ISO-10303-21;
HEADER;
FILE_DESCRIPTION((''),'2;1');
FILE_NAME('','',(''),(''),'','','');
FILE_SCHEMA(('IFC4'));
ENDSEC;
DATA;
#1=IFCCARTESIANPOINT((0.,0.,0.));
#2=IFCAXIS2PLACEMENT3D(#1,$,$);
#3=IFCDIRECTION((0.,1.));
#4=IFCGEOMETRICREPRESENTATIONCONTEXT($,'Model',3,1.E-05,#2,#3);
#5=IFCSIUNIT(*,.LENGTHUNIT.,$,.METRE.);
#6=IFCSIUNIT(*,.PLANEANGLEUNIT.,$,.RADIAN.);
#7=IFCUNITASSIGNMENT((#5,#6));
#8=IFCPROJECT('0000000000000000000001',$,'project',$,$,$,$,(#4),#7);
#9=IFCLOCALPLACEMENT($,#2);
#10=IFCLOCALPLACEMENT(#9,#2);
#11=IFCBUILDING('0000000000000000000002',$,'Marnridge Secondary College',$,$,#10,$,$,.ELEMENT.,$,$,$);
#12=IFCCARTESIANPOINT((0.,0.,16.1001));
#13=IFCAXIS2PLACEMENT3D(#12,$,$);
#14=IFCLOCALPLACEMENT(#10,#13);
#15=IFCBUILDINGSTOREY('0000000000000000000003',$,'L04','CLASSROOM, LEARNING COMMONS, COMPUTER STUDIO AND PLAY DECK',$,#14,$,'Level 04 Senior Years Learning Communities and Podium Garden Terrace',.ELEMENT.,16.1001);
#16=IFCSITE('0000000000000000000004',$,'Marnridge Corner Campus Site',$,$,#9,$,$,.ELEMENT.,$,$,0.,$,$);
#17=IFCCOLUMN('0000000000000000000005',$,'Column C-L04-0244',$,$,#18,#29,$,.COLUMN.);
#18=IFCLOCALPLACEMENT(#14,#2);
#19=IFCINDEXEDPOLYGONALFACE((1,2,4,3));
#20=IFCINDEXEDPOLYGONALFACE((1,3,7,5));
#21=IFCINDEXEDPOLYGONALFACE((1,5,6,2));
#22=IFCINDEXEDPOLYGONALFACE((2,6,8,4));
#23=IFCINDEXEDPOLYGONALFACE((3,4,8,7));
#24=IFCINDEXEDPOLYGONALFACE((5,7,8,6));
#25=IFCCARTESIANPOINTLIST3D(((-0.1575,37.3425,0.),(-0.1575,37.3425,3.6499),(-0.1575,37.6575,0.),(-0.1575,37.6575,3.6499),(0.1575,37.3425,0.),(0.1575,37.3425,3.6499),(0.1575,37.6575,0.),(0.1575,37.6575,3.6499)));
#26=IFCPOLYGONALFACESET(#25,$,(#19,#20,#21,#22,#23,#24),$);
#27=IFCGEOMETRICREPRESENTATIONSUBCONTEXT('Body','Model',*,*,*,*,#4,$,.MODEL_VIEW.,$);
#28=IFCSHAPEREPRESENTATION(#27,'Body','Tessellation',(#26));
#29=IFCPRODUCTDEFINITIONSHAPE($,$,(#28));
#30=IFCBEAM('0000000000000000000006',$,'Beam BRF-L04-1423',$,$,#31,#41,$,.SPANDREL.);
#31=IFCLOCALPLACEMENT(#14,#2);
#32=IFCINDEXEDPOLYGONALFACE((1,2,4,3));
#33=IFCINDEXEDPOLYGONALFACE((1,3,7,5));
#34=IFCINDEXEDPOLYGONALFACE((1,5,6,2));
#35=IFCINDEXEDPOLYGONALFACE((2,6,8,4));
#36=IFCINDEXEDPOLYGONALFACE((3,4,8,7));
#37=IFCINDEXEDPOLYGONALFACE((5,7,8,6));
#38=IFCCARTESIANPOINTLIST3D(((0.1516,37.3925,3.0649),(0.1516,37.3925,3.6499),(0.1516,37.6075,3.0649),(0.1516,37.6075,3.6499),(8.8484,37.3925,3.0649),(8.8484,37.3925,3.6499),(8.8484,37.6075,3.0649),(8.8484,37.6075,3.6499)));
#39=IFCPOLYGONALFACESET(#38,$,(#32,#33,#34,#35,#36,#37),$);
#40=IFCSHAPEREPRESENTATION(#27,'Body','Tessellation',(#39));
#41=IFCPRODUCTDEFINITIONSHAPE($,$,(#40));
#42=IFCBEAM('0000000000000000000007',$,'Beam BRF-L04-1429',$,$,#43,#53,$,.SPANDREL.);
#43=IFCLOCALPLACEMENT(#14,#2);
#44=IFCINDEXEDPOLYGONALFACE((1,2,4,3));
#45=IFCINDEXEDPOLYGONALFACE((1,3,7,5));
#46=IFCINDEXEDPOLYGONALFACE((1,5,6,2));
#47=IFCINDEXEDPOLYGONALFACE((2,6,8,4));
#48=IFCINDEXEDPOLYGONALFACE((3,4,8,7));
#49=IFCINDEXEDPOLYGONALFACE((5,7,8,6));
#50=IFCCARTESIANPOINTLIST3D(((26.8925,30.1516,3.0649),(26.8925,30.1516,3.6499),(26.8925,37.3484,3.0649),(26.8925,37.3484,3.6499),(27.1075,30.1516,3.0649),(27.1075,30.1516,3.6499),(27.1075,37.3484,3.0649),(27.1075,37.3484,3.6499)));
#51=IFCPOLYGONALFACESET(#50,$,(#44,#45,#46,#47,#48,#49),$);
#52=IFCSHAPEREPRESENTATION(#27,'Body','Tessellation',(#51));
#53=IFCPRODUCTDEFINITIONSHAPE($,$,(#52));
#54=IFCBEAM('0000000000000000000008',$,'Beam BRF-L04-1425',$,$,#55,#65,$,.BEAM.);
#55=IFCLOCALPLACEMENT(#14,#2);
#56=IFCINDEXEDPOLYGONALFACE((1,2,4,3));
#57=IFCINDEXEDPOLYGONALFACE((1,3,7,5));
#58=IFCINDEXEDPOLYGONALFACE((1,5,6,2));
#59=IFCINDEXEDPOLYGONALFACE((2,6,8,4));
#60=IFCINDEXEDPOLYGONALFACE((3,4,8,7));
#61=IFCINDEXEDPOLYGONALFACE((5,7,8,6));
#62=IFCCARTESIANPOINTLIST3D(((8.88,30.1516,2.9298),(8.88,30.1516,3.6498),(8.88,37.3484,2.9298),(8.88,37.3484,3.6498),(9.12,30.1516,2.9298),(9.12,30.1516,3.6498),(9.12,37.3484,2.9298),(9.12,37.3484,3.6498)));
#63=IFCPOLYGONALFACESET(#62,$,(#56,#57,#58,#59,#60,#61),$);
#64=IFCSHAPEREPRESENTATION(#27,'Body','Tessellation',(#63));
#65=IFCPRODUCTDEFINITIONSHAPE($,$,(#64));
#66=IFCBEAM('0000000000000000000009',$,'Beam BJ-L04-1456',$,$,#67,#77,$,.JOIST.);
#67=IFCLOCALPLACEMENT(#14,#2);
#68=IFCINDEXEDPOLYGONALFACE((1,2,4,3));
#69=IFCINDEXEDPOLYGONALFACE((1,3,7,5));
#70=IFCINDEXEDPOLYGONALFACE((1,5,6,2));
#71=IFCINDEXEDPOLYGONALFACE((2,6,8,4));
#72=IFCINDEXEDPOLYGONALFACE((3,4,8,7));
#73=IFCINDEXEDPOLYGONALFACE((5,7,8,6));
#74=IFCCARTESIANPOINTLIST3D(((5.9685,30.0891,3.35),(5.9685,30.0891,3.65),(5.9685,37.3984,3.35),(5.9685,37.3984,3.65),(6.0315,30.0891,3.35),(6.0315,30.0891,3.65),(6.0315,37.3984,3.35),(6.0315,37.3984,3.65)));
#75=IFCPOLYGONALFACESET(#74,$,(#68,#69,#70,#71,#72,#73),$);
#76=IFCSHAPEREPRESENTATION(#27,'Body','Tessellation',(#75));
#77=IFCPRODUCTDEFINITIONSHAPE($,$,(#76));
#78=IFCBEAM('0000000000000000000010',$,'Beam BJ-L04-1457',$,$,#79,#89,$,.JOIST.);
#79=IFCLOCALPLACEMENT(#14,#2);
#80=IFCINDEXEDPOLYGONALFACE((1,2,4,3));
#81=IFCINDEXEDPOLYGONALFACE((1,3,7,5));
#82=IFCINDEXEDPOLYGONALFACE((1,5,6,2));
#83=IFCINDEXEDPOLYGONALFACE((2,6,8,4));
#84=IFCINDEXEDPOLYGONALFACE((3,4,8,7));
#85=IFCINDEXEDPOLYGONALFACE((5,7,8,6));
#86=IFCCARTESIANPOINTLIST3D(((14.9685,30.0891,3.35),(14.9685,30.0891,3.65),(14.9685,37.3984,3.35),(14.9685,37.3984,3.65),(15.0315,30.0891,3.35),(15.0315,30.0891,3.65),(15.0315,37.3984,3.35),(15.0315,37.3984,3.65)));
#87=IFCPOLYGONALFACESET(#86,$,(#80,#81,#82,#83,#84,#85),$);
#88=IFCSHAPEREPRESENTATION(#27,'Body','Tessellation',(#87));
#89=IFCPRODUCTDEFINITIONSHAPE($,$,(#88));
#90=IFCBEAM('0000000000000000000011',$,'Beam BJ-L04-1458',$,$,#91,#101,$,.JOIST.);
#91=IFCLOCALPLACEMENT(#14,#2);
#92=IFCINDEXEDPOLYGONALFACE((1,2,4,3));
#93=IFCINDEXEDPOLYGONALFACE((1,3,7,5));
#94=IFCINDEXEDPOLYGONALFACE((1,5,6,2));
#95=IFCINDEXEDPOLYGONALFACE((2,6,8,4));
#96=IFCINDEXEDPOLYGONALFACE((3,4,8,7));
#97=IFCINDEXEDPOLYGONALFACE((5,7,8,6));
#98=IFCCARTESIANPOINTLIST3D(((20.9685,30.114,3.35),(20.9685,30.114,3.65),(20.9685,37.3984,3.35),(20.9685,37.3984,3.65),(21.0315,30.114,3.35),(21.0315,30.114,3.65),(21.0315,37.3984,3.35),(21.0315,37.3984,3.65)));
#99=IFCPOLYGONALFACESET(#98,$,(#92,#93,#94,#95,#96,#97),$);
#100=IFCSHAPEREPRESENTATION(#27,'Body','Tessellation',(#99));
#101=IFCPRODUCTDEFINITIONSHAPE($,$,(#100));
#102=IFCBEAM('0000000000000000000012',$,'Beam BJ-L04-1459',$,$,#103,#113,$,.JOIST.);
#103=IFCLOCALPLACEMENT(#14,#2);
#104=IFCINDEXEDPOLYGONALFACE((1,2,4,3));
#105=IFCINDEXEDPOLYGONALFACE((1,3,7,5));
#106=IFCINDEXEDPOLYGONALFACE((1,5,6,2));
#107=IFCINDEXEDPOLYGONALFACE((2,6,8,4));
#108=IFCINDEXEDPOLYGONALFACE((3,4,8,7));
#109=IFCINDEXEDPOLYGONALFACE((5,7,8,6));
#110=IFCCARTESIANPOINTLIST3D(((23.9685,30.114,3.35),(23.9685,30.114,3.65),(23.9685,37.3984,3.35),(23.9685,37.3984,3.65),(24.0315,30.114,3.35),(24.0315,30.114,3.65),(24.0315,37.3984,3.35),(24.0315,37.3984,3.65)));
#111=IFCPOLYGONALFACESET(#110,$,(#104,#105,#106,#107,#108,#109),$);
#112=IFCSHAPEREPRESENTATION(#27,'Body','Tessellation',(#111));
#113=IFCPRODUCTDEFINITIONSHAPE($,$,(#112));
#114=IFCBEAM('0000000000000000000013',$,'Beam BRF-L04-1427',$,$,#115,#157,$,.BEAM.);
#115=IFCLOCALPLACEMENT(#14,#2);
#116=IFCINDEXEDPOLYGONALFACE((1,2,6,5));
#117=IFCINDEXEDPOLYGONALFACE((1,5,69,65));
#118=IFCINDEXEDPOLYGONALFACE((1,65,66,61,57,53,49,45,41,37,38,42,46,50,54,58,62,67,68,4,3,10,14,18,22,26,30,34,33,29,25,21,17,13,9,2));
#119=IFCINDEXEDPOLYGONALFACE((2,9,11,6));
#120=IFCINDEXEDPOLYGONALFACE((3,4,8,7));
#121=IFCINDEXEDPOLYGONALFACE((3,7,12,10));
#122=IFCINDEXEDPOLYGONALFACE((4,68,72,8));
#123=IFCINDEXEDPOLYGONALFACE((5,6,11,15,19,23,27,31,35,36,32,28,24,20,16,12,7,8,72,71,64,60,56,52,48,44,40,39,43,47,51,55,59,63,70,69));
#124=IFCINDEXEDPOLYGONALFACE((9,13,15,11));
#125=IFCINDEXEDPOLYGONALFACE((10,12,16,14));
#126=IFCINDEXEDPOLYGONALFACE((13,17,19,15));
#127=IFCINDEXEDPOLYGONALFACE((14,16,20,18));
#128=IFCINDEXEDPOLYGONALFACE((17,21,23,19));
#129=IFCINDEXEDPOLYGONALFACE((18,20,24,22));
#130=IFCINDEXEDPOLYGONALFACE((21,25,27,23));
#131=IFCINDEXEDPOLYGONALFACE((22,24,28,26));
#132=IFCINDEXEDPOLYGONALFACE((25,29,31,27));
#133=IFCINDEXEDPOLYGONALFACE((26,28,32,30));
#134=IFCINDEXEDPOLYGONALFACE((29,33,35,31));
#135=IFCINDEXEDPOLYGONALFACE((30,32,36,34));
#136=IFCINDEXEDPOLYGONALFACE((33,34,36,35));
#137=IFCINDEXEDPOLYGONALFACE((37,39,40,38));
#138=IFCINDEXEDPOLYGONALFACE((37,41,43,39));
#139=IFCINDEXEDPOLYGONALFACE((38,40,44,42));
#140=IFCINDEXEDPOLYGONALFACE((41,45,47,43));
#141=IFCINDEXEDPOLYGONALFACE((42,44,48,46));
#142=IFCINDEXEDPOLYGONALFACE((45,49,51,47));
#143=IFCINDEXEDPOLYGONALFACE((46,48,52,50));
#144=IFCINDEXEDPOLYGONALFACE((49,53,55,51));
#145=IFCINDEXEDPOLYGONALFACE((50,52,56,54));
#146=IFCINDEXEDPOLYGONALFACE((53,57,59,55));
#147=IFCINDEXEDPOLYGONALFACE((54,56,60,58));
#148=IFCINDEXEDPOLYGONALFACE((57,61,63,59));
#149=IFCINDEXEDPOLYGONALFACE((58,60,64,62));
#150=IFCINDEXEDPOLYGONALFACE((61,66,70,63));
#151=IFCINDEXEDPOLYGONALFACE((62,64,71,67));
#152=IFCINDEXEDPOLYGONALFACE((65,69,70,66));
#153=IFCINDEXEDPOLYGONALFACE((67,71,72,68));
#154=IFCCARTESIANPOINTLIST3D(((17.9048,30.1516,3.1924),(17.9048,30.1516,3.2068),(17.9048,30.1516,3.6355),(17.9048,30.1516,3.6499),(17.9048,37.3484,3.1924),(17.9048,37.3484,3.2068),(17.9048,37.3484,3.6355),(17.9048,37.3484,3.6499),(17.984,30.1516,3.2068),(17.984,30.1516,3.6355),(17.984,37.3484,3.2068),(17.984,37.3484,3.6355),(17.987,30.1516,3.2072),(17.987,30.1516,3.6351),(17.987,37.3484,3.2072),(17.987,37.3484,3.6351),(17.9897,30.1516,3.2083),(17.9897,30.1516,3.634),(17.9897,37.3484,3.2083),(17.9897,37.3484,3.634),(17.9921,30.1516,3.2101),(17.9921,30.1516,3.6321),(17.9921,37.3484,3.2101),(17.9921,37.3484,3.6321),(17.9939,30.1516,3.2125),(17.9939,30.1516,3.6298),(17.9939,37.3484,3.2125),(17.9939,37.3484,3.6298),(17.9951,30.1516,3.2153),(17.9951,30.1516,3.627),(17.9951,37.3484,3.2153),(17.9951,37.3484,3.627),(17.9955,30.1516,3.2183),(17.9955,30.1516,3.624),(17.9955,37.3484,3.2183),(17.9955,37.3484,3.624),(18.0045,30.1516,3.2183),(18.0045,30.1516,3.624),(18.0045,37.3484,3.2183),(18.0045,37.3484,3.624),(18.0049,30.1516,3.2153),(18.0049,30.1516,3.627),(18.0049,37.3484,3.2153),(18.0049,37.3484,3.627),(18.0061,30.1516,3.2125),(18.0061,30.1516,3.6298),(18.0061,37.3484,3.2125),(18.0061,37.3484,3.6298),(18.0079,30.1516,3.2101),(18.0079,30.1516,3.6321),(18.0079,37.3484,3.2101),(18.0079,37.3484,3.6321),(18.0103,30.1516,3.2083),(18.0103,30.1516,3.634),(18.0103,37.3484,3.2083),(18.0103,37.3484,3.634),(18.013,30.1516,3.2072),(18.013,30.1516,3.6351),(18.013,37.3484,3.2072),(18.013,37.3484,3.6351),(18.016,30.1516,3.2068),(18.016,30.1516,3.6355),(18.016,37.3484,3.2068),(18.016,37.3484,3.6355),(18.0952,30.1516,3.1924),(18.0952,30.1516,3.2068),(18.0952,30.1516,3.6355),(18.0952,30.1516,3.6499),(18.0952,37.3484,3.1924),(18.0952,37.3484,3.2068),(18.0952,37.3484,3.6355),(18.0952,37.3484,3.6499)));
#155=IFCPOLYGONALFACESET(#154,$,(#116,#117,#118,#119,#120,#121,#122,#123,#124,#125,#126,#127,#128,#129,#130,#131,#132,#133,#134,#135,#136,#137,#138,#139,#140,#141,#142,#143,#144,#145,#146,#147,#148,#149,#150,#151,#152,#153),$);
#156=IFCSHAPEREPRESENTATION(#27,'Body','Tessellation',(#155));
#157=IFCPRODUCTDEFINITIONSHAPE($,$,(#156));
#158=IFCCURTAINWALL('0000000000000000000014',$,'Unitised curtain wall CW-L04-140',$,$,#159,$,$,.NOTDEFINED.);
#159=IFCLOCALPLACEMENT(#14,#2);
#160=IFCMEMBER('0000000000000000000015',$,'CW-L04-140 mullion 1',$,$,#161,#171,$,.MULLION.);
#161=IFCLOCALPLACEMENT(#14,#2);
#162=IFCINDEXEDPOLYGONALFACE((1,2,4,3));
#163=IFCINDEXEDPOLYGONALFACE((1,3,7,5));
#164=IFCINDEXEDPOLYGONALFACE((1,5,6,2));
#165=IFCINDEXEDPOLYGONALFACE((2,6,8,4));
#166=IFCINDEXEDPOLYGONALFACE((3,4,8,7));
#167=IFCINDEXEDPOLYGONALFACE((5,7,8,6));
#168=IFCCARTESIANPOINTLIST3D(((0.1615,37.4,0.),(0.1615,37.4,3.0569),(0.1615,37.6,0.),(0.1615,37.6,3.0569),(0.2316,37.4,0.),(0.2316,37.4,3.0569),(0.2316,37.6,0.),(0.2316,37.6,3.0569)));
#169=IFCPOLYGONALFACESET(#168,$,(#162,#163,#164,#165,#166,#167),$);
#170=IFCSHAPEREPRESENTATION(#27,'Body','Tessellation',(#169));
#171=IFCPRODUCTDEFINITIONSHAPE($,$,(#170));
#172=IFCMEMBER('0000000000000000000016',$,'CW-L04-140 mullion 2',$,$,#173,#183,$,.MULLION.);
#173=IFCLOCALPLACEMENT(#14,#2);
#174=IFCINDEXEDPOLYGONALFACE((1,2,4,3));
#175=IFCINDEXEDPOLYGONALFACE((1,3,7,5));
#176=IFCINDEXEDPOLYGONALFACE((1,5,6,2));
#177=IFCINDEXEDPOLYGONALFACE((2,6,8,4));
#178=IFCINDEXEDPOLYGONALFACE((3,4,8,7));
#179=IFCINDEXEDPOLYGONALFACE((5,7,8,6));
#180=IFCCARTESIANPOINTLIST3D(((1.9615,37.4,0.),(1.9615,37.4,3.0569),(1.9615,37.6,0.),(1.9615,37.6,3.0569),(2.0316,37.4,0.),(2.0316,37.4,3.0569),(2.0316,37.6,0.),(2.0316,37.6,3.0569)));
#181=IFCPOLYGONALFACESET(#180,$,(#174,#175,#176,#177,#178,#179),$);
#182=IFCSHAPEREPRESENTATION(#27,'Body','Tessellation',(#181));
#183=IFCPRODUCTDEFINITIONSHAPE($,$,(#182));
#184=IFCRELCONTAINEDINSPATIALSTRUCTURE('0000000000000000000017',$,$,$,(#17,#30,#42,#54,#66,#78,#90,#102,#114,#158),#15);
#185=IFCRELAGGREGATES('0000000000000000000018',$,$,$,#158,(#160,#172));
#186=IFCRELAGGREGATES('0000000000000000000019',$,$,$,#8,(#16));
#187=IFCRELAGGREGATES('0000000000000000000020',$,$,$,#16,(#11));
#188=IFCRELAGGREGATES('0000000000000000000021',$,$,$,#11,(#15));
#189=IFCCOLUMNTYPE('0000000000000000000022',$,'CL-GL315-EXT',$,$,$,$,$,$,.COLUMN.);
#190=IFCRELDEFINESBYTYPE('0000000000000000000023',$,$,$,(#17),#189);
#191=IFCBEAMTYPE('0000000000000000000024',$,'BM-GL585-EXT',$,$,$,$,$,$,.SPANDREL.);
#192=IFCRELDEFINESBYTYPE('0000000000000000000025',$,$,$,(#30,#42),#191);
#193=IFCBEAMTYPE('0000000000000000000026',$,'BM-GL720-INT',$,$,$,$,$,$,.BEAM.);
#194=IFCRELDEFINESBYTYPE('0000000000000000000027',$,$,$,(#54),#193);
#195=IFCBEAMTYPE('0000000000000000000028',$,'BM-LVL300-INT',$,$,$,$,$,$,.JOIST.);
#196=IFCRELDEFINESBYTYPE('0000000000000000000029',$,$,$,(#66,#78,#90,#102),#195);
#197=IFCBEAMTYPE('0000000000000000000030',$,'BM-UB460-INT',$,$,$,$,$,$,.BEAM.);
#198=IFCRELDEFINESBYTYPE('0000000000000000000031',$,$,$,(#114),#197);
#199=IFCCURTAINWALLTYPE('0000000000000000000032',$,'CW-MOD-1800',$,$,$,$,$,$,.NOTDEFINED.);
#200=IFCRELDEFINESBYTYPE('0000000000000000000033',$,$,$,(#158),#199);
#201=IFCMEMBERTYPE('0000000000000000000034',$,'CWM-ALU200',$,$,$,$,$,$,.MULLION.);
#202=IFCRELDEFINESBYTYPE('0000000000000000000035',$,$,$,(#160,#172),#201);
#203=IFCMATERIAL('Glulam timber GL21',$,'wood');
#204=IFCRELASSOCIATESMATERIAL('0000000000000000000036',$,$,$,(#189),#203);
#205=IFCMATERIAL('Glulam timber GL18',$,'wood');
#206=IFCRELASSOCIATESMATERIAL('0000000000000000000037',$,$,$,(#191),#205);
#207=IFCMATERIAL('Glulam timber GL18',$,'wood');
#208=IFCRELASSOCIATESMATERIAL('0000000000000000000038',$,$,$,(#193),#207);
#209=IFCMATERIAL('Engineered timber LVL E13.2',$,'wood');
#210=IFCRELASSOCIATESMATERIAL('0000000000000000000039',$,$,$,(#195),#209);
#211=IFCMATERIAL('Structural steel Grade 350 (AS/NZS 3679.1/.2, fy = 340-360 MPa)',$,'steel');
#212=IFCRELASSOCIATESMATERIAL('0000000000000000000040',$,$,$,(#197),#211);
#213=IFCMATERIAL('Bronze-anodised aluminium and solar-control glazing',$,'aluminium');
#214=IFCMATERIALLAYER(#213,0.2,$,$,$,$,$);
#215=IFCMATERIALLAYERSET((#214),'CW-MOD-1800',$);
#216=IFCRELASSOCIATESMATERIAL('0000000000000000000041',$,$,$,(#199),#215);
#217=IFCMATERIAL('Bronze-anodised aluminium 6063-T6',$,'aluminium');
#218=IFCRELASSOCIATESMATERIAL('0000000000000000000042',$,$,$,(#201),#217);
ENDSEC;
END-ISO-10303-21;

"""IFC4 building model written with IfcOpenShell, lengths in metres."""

from ifc_helpers import new_model, si_unit, direction, frame, origin, origin_2d, place, context, subcontext, project, spatial, rectangle, i_section, extrude, material, layer, layer_set, material_profile, profile_set, type_object, element, aggregate, save


model = new_model("IFC4")

# Units and contexts
model_context = context("Model", 3, precision=1e-05, world=origin(), true_north=direction((0.0, 1.0)))
body_context = subcontext(model_context, "Body", "Model", "MODEL_VIEW")
ifc_project = project(units=[si_unit("LENGTHUNIT", "METRE"), si_unit("PLANEANGLEUNIT", "RADIAN")], contexts=[model_context])

# Site, building, storey
site_placement = place(None, origin())
site = spatial("IfcSite", under=ifc_project, at=site_placement, Name="Marnridge Corner Campus Site", CompositionType="ELEMENT", RefElevation=0.0)
building_placement = place(site_placement, origin())
building = spatial("IfcBuilding", under=site, at=building_placement, Name="Marnridge Secondary College", CompositionType="ELEMENT")
storey_placement = place(building_placement, frame((0.0, 0.0, 16.1001)))
storey = spatial("IfcBuildingStorey", under=building, at=storey_placement, Name="L04", Description="CLASSROOM, LEARNING COMMONS, COMPUTER STUDIO AND PLAY DECK", LongName="Level 04 Senior Years Learning Communities and Podium Garden Terrace", CompositionType="ELEMENT", Elevation=16.1001)

# Column
ifc_material_1 = material(Name="Glulam timber GL21", Category="wood")
ifc_material_profile_1 = material_profile(ifc_material_1, rectangle(XDim=0.3149, YDim=0.3149, at=origin_2d()), Name="GL21 315x315")
ifc_profile_set_1 = profile_set([ifc_material_profile_1], Name="Glulam timber GL21")
column_type = type_object("IfcColumnType", Name="CL-GL315-EXT", PredefinedType="COLUMN", material=ifc_profile_set_1)
column_placement = place(storey_placement, frame((0.0, 37.5, 0.0), z_axis=(0.0, 0.0, 1.0), x_axis=(1.0, 0.0, 0.0)))
element("IfcColumn", 1, at=column_placement, inside=storey, type_object=column_type, Name="Column C-L04-0244", PredefinedType="COLUMN", context=body_context, shape_type="SweptSolid", body=[
    extrude(rectangle(XDim=0.3149, YDim=0.3149, at=origin_2d()), origin(), (0.0, 0.0, 1.0), 3.6499),
])

# Beams
ifc_material_2 = material(Name="Glulam timber GL18", Category="wood")
ifc_material_profile_2 = material_profile(ifc_material_2, rectangle(XDim=0.2151, YDim=0.585, at=origin_2d()), Name="GL18 215x585")
ifc_profile_set_2 = profile_set([ifc_material_profile_2], Name="Glulam timber GL18")
beam_type_1 = type_object("IfcBeamType", Name="BM-GL585-EXT", PredefinedType="SPANDREL", material=ifc_profile_set_2)
beam_1_placement = place(storey_placement, frame((0.1516, 37.5, 3.3574), z_axis=(1.0, 0.0, 0.0), x_axis=(0.0, 1.0, 0.0)))
element("IfcBeam", 2, at=beam_1_placement, inside=storey, type_object=beam_type_1, Name="Beam BRF-L04-1423", PredefinedType="SPANDREL", context=body_context, shape_type="SweptSolid", body=[
    extrude(rectangle(XDim=0.2151, YDim=0.585, at=origin_2d()), origin(), (0.0, 0.0, 1.0), 8.6968),
])
beam_2_placement = place(storey_placement, frame((27.0, 30.1516, 3.3574), z_axis=(0.0, 1.0, 0.0), x_axis=(-1.0, 0.0, 0.0)))
element("IfcBeam", 3, at=beam_2_placement, inside=storey, type_object=beam_type_1, Name="Beam BRF-L04-1429", PredefinedType="SPANDREL", context=body_context, shape_type="SweptSolid", body=[
    extrude(rectangle(XDim=0.2151, YDim=0.585, at=origin_2d()), origin(), (0.0, 0.0, 1.0), 7.1968),
])
ifc_material_3 = material(Name="Glulam timber GL18", Category="wood")
ifc_material_profile_3 = material_profile(ifc_material_3, rectangle(XDim=0.24, YDim=0.72, at=origin_2d()), Name="GL18 240x720")
ifc_profile_set_3 = profile_set([ifc_material_profile_3], Name="Glulam timber GL18")
beam_type_2 = type_object("IfcBeamType", Name="BM-GL720-INT", PredefinedType="BEAM", material=ifc_profile_set_3)
beam_3_placement = place(storey_placement, frame((9.0, 30.1516, 3.2898), z_axis=(0.0, 1.0, 0.0), x_axis=(-1.0, 0.0, 0.0)))
element("IfcBeam", 4, at=beam_3_placement, inside=storey, type_object=beam_type_2, Name="Beam BRF-L04-1425", PredefinedType="BEAM", context=body_context, shape_type="SweptSolid", body=[
    extrude(rectangle(XDim=0.24, YDim=0.72, at=origin_2d()), origin(), (0.0, 0.0, 1.0), 7.1968),
])
ifc_material_4 = material(Name="Engineered timber LVL E13.2", Category="wood")
ifc_material_profile_4 = material_profile(ifc_material_4, rectangle(XDim=0.063, YDim=0.3, at=origin_2d()), Name="LVL 63x300")
ifc_profile_set_4 = profile_set([ifc_material_profile_4], Name="Engineered timber LVL E13.2")
beam_type_3 = type_object("IfcBeamType", Name="BM-LVL300-INT", PredefinedType="JOIST", material=ifc_profile_set_4)
for number, where, z_axis, x_axis, name in (
    (5, (6.0, 30.0891, 3.5), (0.0, 1.0, 0.0), (-1.0, 0.0, 0.0), "Beam BJ-L04-1456"),
    (6, (15.0, 30.0891, 3.5), (0.0, 1.0, 0.0), (-1.0, 0.0, 0.0), "Beam BJ-L04-1457"),
):
    element("IfcBeam", number, at=place(storey_placement, frame(where, z_axis=z_axis, x_axis=x_axis)), inside=storey, type_object=beam_type_3, Name=name, PredefinedType="JOIST", context=body_context, shape_type="SweptSolid", body=[
        extrude(rectangle(XDim=0.063, YDim=0.3, at=origin_2d()), origin(), (0.0, 0.0, 1.0), 7.3093),
    ])
for number, where, z_axis, x_axis, name in (
    (7, (21.0, 30.114, 3.5), (0.0, 1.0, 0.0), (-1.0, 0.0, 0.0), "Beam BJ-L04-1458"),
    (8, (24.0, 30.114, 3.5), (0.0, 1.0, 0.0), (-1.0, 0.0, 0.0), "Beam BJ-L04-1459"),
):
    element("IfcBeam", number, at=place(storey_placement, frame(where, z_axis=z_axis, x_axis=x_axis)), inside=storey, type_object=beam_type_3, Name=name, PredefinedType="JOIST", context=body_context, shape_type="SweptSolid", body=[
        extrude(rectangle(XDim=0.063, YDim=0.3, at=origin_2d()), origin(), (0.0, 0.0, 1.0), 7.2844),
    ])
ifc_material_5 = material(Name="Structural steel Grade 350 (AS/NZS 3679.1/.2, fy = 340-360 MPa)", Category="steel")
ifc_material_profile_5 = material_profile(ifc_material_5, i_section(OverallWidth=0.1904, OverallDepth=0.4575, WebThickness=0.009, FlangeThickness=0.0144, FilletRadius=0.0115, at=origin_2d()), Name="460UB74.6")
ifc_profile_set_5 = profile_set([ifc_material_profile_5], Name="Structural steel Grade 350 (AS/NZS 3679.1/.2, fy = 340-360 MPa)")
beam_type_4 = type_object("IfcBeamType", Name="BM-UB460-INT", PredefinedType="BEAM", material=ifc_profile_set_5)
beam_4_placement = place(storey_placement, frame((18.0, 30.1516, 3.4211), z_axis=(0.0, 1.0, 0.0), x_axis=(-1.0, 0.0, 0.0)))
element("IfcBeam", 9, at=beam_4_placement, inside=storey, type_object=beam_type_4, Name="Beam BRF-L04-1427", PredefinedType="BEAM", context=body_context, shape_type="SweptSolid", body=[
    extrude(i_section(OverallWidth=0.1904, OverallDepth=0.4575, WebThickness=0.009, FlangeThickness=0.0144, FilletRadius=0.0115, at=origin_2d()), origin(), (0.0, 0.0, 1.0), 7.1968),
])

# Curtain wall, members
ifc_material_6 = material(Name="Bronze-anodised aluminium and solar-control glazing", Category="aluminium")
ifc_layer_1 = layer(ifc_material_6, 0.2)
ifc_layer_set_1 = layer_set([ifc_layer_1], Name="CW-MOD-1800")
curtain_wall_type = type_object("IfcCurtainWallType", Name="CW-MOD-1800", PredefinedType="NOTDEFINED", material=ifc_layer_set_1)
curtain_wall_1_placement = place(storey_placement, origin())
curtain_wall_1 = element("IfcCurtainWall", 10, at=curtain_wall_1_placement, inside=storey, type_object=curtain_wall_type, Name="Unitised curtain wall CW-L04-140", PredefinedType="NOTDEFINED")
ifc_material_7 = material(Name="Bronze-anodised aluminium 6063-T6", Category="aluminium")
ifc_material_profile_6 = material_profile(ifc_material_7, rectangle(XDim=0.0701, YDim=0.2, at=origin_2d()), Name="ALU 70x200")
ifc_profile_set_6 = profile_set([ifc_material_profile_6], Name="Bronze-anodised aluminium 6063-T6")
member_type_1 = type_object("IfcMemberType", Name="CWM-ALU200", PredefinedType="MULLION", material=ifc_profile_set_6)
member_1_placement = place(storey_placement, frame((0.1965, 37.5, 0.0), z_axis=(0.0, 0.0, 1.0), x_axis=(1.0, 0.0, 0.0)))
member_1 = element("IfcMember", 11, at=member_1_placement, type_object=member_type_1, Name="CW-L04-140 mullion 1", PredefinedType="MULLION", context=body_context, shape_type="SweptSolid", body=[
    extrude(rectangle(XDim=0.0701, YDim=0.2, at=origin_2d()), origin(), (0.0, 0.0, 1.0), 3.0569),
])
member_2_placement = place(storey_placement, frame((1.9966, 37.5, 0.0), z_axis=(0.0, 0.0, 1.0), x_axis=(1.0, 0.0, 0.0)))
member_2 = element("IfcMember", 12, at=member_2_placement, type_object=member_type_1, Name="CW-L04-140 mullion 2", PredefinedType="MULLION", context=body_context, shape_type="SweptSolid", body=[
    extrude(rectangle(XDim=0.0701, YDim=0.2, at=origin_2d()), origin(), (0.0, 0.0, 1.0), 3.0569),
])

aggregate(curtain_wall_1, [member_1, member_2])

save(model, "model.ifc")
